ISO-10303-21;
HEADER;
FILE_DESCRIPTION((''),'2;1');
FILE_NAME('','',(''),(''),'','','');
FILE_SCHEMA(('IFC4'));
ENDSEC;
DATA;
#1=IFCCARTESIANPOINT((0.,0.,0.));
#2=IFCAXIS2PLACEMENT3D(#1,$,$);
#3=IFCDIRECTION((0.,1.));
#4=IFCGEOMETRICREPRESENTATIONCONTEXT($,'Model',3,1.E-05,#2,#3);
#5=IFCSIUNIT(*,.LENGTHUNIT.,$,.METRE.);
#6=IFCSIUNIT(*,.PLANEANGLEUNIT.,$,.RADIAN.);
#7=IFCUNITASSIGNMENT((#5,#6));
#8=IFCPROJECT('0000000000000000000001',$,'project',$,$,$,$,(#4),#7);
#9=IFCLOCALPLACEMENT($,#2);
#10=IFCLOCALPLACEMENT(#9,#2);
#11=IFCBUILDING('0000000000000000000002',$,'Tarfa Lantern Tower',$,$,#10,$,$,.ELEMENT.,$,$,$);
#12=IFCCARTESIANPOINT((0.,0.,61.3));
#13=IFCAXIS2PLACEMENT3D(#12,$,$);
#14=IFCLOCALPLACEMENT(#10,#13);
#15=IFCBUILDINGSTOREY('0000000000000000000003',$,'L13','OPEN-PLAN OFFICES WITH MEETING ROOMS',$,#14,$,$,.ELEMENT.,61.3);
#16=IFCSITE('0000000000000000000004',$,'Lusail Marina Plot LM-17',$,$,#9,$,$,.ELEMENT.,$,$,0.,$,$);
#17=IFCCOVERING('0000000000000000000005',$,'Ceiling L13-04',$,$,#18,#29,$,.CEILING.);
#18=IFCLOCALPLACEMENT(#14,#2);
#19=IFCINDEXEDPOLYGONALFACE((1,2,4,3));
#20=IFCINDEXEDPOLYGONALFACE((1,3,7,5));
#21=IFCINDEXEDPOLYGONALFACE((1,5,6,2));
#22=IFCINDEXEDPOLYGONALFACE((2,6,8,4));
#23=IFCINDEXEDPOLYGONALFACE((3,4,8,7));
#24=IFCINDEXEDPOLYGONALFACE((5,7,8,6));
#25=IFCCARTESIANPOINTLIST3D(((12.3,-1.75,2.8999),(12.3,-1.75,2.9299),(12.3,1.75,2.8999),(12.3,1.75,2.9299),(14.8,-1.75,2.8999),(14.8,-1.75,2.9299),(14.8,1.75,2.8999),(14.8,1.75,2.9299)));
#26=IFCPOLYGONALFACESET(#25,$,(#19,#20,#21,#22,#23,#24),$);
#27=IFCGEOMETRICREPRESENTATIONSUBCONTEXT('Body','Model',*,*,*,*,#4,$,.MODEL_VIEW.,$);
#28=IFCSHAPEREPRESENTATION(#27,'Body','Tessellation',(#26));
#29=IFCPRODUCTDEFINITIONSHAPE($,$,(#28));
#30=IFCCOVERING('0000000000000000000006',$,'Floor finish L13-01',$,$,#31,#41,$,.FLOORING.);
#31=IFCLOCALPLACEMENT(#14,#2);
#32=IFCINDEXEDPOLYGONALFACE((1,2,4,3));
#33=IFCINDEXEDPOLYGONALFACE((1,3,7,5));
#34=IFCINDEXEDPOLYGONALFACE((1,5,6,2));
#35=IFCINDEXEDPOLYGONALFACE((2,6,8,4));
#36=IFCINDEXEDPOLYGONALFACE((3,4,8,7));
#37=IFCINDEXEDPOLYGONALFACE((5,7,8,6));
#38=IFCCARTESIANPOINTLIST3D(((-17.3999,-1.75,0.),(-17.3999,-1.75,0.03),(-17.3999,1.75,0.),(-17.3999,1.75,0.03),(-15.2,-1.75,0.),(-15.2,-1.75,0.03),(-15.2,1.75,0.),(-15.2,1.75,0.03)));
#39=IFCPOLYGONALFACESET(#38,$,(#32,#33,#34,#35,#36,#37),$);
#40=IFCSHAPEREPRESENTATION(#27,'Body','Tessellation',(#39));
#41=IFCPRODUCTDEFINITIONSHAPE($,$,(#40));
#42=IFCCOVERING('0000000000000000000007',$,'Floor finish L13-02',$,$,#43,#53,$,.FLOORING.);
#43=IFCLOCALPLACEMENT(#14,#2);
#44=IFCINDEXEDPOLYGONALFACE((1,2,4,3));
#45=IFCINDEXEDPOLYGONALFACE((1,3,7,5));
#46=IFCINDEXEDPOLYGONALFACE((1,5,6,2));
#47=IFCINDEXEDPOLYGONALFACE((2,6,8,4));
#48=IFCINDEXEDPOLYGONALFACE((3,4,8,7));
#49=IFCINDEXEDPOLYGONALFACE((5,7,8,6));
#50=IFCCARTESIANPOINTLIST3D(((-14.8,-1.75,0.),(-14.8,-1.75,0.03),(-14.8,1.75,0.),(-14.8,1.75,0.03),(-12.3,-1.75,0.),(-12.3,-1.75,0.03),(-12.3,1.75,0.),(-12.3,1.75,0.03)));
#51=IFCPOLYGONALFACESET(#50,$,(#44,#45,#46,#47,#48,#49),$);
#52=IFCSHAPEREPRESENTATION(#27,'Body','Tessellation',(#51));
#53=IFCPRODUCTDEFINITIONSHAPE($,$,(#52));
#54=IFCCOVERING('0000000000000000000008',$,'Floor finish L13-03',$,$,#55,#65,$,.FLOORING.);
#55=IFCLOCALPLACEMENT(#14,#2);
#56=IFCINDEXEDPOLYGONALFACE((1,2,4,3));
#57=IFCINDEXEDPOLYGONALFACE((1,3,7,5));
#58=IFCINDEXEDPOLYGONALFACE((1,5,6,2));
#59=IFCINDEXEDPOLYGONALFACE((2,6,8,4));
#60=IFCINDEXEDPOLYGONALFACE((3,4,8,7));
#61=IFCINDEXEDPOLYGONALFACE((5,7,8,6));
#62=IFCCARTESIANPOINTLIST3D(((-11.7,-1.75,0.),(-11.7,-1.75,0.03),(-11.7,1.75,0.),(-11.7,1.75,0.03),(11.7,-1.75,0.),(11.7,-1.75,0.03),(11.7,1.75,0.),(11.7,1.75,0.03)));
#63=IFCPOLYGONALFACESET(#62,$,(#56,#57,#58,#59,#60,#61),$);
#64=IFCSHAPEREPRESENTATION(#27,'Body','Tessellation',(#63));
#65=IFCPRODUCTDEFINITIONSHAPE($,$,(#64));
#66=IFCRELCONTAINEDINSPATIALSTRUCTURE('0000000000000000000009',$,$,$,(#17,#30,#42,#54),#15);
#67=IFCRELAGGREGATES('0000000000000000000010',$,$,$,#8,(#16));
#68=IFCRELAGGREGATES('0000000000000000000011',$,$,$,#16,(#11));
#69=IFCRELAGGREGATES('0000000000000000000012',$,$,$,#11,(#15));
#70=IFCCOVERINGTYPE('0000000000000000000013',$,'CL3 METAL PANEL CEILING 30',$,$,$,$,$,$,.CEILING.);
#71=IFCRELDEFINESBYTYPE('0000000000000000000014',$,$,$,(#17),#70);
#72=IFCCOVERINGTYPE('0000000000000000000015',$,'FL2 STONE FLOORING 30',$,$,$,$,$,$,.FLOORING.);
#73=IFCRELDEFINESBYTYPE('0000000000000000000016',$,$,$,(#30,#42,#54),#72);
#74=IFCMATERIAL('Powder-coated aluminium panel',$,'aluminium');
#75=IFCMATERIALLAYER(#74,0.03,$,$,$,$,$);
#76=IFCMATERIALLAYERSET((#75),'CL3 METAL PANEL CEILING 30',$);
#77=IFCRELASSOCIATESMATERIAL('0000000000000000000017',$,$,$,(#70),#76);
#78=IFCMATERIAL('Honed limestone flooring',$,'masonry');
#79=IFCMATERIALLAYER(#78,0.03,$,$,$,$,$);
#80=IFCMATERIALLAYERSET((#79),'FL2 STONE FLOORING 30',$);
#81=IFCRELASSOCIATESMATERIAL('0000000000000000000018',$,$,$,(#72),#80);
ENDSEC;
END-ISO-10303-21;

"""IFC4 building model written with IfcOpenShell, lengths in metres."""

from ifc_helpers import new_model, si_unit, direction, frame, origin, place, context, subcontext, project, spatial, polyline, outline, extrude, material, layer, layer_set, type_object, element, save


model = new_model("IFC4")

# Units and contexts
model_context = context("Model", 3, precision=1e-05, world=origin(), true_north=direction((0.0, 1.0)))
body_context = subcontext(model_context, "Body", "Model", "MODEL_VIEW")
ifc_project = project(units=[si_unit("LENGTHUNIT", "METRE"), si_unit("PLANEANGLEUNIT", "RADIAN")], contexts=[model_context])

# Site, building, storey
site_placement = place(None, origin())
site = spatial("IfcSite", under=ifc_project, at=site_placement, Name="Lusail Marina Plot LM-17", CompositionType="ELEMENT", RefElevation=0.0)
building_placement = place(site_placement, origin())
building = spatial("IfcBuilding", under=site, at=building_placement, Name="Tarfa Lantern Tower", CompositionType="ELEMENT")
storey_placement = place(building_placement, frame((0.0, 0.0, 61.3)))
storey = spatial("IfcBuildingStorey", under=building, at=storey_placement, Name="L13", Description="OPEN-PLAN OFFICES WITH MEETING ROOMS", CompositionType="ELEMENT", Elevation=61.3)

# Coverings
ifc_material_1 = material(Name="Powder-coated aluminium panel", Category="aluminium")
ifc_layer_1 = layer(ifc_material_1, 0.03)
ifc_layer_set_1 = layer_set([ifc_layer_1], Name="CL3 METAL PANEL CEILING 30")
covering_type_1 = type_object("IfcCoveringType", Name="CL3 METAL PANEL CEILING 30", PredefinedType="CEILING", material=ifc_layer_set_1)
covering_1_placement = place(storey_placement, frame((0.0, 0.0, 2.8999)))
element("IfcCovering", 1, at=covering_1_placement, inside=storey, type_object=covering_type_1, Name="Ceiling L13-04", PredefinedType="CEILING", context=body_context, shape_type="SweptSolid", body=[
    extrude(outline(polyline([(12.3, -1.75), (14.8, -1.75), (14.8, 1.75), (12.3, 1.75), (12.3, -1.75)])), origin(), (0.0, 0.0, 1.0), 0.03),
])
ifc_material_2 = material(Name="Honed limestone flooring", Category="masonry")
ifc_layer_2 = layer(ifc_material_2, 0.03)
ifc_layer_set_2 = layer_set([ifc_layer_2], Name="FL2 STONE FLOORING 30")
covering_type_2 = type_object("IfcCoveringType", Name="FL2 STONE FLOORING 30", PredefinedType="FLOORING", material=ifc_layer_set_2)
covering_2_placement = place(storey_placement, origin())
element("IfcCovering", 2, at=covering_2_placement, inside=storey, type_object=covering_type_2, Name="Floor finish L13-01", PredefinedType="FLOORING", context=body_context, shape_type="SweptSolid", body=[
    extrude(outline(polyline([(-17.3999, -1.75), (-15.2, -1.75), (-15.2, 1.75), (-17.3999, 1.75), (-17.3999, -1.75)])), origin(), (0.0, 0.0, 1.0), 0.03),
])
covering_3_placement = place(storey_placement, origin())
element("IfcCovering", 3, at=covering_3_placement, inside=storey, type_object=covering_type_2, Name="Floor finish L13-02", PredefinedType="FLOORING", context=body_context, shape_type="SweptSolid", body=[
    extrude(outline(polyline([(-14.8, -1.75), (-12.3, -1.75), (-12.3, 1.75), (-14.8, 1.75), (-14.8, -1.75)])), origin(), (0.0, 0.0, 1.0), 0.03),
])
covering_4_placement = place(storey_placement, origin())
element("IfcCovering", 4, at=covering_4_placement, inside=storey, type_object=covering_type_2, Name="Floor finish L13-03", PredefinedType="FLOORING", context=body_context, shape_type="SweptSolid", body=[
    extrude(outline(polyline([(-11.7, -1.75), (11.7, -1.75), (11.7, 1.75), (-11.7, 1.75), (-11.7, -1.75)])), origin(), (0.0, 0.0, 1.0), 0.03),
])

save(model, "model.ifc")
